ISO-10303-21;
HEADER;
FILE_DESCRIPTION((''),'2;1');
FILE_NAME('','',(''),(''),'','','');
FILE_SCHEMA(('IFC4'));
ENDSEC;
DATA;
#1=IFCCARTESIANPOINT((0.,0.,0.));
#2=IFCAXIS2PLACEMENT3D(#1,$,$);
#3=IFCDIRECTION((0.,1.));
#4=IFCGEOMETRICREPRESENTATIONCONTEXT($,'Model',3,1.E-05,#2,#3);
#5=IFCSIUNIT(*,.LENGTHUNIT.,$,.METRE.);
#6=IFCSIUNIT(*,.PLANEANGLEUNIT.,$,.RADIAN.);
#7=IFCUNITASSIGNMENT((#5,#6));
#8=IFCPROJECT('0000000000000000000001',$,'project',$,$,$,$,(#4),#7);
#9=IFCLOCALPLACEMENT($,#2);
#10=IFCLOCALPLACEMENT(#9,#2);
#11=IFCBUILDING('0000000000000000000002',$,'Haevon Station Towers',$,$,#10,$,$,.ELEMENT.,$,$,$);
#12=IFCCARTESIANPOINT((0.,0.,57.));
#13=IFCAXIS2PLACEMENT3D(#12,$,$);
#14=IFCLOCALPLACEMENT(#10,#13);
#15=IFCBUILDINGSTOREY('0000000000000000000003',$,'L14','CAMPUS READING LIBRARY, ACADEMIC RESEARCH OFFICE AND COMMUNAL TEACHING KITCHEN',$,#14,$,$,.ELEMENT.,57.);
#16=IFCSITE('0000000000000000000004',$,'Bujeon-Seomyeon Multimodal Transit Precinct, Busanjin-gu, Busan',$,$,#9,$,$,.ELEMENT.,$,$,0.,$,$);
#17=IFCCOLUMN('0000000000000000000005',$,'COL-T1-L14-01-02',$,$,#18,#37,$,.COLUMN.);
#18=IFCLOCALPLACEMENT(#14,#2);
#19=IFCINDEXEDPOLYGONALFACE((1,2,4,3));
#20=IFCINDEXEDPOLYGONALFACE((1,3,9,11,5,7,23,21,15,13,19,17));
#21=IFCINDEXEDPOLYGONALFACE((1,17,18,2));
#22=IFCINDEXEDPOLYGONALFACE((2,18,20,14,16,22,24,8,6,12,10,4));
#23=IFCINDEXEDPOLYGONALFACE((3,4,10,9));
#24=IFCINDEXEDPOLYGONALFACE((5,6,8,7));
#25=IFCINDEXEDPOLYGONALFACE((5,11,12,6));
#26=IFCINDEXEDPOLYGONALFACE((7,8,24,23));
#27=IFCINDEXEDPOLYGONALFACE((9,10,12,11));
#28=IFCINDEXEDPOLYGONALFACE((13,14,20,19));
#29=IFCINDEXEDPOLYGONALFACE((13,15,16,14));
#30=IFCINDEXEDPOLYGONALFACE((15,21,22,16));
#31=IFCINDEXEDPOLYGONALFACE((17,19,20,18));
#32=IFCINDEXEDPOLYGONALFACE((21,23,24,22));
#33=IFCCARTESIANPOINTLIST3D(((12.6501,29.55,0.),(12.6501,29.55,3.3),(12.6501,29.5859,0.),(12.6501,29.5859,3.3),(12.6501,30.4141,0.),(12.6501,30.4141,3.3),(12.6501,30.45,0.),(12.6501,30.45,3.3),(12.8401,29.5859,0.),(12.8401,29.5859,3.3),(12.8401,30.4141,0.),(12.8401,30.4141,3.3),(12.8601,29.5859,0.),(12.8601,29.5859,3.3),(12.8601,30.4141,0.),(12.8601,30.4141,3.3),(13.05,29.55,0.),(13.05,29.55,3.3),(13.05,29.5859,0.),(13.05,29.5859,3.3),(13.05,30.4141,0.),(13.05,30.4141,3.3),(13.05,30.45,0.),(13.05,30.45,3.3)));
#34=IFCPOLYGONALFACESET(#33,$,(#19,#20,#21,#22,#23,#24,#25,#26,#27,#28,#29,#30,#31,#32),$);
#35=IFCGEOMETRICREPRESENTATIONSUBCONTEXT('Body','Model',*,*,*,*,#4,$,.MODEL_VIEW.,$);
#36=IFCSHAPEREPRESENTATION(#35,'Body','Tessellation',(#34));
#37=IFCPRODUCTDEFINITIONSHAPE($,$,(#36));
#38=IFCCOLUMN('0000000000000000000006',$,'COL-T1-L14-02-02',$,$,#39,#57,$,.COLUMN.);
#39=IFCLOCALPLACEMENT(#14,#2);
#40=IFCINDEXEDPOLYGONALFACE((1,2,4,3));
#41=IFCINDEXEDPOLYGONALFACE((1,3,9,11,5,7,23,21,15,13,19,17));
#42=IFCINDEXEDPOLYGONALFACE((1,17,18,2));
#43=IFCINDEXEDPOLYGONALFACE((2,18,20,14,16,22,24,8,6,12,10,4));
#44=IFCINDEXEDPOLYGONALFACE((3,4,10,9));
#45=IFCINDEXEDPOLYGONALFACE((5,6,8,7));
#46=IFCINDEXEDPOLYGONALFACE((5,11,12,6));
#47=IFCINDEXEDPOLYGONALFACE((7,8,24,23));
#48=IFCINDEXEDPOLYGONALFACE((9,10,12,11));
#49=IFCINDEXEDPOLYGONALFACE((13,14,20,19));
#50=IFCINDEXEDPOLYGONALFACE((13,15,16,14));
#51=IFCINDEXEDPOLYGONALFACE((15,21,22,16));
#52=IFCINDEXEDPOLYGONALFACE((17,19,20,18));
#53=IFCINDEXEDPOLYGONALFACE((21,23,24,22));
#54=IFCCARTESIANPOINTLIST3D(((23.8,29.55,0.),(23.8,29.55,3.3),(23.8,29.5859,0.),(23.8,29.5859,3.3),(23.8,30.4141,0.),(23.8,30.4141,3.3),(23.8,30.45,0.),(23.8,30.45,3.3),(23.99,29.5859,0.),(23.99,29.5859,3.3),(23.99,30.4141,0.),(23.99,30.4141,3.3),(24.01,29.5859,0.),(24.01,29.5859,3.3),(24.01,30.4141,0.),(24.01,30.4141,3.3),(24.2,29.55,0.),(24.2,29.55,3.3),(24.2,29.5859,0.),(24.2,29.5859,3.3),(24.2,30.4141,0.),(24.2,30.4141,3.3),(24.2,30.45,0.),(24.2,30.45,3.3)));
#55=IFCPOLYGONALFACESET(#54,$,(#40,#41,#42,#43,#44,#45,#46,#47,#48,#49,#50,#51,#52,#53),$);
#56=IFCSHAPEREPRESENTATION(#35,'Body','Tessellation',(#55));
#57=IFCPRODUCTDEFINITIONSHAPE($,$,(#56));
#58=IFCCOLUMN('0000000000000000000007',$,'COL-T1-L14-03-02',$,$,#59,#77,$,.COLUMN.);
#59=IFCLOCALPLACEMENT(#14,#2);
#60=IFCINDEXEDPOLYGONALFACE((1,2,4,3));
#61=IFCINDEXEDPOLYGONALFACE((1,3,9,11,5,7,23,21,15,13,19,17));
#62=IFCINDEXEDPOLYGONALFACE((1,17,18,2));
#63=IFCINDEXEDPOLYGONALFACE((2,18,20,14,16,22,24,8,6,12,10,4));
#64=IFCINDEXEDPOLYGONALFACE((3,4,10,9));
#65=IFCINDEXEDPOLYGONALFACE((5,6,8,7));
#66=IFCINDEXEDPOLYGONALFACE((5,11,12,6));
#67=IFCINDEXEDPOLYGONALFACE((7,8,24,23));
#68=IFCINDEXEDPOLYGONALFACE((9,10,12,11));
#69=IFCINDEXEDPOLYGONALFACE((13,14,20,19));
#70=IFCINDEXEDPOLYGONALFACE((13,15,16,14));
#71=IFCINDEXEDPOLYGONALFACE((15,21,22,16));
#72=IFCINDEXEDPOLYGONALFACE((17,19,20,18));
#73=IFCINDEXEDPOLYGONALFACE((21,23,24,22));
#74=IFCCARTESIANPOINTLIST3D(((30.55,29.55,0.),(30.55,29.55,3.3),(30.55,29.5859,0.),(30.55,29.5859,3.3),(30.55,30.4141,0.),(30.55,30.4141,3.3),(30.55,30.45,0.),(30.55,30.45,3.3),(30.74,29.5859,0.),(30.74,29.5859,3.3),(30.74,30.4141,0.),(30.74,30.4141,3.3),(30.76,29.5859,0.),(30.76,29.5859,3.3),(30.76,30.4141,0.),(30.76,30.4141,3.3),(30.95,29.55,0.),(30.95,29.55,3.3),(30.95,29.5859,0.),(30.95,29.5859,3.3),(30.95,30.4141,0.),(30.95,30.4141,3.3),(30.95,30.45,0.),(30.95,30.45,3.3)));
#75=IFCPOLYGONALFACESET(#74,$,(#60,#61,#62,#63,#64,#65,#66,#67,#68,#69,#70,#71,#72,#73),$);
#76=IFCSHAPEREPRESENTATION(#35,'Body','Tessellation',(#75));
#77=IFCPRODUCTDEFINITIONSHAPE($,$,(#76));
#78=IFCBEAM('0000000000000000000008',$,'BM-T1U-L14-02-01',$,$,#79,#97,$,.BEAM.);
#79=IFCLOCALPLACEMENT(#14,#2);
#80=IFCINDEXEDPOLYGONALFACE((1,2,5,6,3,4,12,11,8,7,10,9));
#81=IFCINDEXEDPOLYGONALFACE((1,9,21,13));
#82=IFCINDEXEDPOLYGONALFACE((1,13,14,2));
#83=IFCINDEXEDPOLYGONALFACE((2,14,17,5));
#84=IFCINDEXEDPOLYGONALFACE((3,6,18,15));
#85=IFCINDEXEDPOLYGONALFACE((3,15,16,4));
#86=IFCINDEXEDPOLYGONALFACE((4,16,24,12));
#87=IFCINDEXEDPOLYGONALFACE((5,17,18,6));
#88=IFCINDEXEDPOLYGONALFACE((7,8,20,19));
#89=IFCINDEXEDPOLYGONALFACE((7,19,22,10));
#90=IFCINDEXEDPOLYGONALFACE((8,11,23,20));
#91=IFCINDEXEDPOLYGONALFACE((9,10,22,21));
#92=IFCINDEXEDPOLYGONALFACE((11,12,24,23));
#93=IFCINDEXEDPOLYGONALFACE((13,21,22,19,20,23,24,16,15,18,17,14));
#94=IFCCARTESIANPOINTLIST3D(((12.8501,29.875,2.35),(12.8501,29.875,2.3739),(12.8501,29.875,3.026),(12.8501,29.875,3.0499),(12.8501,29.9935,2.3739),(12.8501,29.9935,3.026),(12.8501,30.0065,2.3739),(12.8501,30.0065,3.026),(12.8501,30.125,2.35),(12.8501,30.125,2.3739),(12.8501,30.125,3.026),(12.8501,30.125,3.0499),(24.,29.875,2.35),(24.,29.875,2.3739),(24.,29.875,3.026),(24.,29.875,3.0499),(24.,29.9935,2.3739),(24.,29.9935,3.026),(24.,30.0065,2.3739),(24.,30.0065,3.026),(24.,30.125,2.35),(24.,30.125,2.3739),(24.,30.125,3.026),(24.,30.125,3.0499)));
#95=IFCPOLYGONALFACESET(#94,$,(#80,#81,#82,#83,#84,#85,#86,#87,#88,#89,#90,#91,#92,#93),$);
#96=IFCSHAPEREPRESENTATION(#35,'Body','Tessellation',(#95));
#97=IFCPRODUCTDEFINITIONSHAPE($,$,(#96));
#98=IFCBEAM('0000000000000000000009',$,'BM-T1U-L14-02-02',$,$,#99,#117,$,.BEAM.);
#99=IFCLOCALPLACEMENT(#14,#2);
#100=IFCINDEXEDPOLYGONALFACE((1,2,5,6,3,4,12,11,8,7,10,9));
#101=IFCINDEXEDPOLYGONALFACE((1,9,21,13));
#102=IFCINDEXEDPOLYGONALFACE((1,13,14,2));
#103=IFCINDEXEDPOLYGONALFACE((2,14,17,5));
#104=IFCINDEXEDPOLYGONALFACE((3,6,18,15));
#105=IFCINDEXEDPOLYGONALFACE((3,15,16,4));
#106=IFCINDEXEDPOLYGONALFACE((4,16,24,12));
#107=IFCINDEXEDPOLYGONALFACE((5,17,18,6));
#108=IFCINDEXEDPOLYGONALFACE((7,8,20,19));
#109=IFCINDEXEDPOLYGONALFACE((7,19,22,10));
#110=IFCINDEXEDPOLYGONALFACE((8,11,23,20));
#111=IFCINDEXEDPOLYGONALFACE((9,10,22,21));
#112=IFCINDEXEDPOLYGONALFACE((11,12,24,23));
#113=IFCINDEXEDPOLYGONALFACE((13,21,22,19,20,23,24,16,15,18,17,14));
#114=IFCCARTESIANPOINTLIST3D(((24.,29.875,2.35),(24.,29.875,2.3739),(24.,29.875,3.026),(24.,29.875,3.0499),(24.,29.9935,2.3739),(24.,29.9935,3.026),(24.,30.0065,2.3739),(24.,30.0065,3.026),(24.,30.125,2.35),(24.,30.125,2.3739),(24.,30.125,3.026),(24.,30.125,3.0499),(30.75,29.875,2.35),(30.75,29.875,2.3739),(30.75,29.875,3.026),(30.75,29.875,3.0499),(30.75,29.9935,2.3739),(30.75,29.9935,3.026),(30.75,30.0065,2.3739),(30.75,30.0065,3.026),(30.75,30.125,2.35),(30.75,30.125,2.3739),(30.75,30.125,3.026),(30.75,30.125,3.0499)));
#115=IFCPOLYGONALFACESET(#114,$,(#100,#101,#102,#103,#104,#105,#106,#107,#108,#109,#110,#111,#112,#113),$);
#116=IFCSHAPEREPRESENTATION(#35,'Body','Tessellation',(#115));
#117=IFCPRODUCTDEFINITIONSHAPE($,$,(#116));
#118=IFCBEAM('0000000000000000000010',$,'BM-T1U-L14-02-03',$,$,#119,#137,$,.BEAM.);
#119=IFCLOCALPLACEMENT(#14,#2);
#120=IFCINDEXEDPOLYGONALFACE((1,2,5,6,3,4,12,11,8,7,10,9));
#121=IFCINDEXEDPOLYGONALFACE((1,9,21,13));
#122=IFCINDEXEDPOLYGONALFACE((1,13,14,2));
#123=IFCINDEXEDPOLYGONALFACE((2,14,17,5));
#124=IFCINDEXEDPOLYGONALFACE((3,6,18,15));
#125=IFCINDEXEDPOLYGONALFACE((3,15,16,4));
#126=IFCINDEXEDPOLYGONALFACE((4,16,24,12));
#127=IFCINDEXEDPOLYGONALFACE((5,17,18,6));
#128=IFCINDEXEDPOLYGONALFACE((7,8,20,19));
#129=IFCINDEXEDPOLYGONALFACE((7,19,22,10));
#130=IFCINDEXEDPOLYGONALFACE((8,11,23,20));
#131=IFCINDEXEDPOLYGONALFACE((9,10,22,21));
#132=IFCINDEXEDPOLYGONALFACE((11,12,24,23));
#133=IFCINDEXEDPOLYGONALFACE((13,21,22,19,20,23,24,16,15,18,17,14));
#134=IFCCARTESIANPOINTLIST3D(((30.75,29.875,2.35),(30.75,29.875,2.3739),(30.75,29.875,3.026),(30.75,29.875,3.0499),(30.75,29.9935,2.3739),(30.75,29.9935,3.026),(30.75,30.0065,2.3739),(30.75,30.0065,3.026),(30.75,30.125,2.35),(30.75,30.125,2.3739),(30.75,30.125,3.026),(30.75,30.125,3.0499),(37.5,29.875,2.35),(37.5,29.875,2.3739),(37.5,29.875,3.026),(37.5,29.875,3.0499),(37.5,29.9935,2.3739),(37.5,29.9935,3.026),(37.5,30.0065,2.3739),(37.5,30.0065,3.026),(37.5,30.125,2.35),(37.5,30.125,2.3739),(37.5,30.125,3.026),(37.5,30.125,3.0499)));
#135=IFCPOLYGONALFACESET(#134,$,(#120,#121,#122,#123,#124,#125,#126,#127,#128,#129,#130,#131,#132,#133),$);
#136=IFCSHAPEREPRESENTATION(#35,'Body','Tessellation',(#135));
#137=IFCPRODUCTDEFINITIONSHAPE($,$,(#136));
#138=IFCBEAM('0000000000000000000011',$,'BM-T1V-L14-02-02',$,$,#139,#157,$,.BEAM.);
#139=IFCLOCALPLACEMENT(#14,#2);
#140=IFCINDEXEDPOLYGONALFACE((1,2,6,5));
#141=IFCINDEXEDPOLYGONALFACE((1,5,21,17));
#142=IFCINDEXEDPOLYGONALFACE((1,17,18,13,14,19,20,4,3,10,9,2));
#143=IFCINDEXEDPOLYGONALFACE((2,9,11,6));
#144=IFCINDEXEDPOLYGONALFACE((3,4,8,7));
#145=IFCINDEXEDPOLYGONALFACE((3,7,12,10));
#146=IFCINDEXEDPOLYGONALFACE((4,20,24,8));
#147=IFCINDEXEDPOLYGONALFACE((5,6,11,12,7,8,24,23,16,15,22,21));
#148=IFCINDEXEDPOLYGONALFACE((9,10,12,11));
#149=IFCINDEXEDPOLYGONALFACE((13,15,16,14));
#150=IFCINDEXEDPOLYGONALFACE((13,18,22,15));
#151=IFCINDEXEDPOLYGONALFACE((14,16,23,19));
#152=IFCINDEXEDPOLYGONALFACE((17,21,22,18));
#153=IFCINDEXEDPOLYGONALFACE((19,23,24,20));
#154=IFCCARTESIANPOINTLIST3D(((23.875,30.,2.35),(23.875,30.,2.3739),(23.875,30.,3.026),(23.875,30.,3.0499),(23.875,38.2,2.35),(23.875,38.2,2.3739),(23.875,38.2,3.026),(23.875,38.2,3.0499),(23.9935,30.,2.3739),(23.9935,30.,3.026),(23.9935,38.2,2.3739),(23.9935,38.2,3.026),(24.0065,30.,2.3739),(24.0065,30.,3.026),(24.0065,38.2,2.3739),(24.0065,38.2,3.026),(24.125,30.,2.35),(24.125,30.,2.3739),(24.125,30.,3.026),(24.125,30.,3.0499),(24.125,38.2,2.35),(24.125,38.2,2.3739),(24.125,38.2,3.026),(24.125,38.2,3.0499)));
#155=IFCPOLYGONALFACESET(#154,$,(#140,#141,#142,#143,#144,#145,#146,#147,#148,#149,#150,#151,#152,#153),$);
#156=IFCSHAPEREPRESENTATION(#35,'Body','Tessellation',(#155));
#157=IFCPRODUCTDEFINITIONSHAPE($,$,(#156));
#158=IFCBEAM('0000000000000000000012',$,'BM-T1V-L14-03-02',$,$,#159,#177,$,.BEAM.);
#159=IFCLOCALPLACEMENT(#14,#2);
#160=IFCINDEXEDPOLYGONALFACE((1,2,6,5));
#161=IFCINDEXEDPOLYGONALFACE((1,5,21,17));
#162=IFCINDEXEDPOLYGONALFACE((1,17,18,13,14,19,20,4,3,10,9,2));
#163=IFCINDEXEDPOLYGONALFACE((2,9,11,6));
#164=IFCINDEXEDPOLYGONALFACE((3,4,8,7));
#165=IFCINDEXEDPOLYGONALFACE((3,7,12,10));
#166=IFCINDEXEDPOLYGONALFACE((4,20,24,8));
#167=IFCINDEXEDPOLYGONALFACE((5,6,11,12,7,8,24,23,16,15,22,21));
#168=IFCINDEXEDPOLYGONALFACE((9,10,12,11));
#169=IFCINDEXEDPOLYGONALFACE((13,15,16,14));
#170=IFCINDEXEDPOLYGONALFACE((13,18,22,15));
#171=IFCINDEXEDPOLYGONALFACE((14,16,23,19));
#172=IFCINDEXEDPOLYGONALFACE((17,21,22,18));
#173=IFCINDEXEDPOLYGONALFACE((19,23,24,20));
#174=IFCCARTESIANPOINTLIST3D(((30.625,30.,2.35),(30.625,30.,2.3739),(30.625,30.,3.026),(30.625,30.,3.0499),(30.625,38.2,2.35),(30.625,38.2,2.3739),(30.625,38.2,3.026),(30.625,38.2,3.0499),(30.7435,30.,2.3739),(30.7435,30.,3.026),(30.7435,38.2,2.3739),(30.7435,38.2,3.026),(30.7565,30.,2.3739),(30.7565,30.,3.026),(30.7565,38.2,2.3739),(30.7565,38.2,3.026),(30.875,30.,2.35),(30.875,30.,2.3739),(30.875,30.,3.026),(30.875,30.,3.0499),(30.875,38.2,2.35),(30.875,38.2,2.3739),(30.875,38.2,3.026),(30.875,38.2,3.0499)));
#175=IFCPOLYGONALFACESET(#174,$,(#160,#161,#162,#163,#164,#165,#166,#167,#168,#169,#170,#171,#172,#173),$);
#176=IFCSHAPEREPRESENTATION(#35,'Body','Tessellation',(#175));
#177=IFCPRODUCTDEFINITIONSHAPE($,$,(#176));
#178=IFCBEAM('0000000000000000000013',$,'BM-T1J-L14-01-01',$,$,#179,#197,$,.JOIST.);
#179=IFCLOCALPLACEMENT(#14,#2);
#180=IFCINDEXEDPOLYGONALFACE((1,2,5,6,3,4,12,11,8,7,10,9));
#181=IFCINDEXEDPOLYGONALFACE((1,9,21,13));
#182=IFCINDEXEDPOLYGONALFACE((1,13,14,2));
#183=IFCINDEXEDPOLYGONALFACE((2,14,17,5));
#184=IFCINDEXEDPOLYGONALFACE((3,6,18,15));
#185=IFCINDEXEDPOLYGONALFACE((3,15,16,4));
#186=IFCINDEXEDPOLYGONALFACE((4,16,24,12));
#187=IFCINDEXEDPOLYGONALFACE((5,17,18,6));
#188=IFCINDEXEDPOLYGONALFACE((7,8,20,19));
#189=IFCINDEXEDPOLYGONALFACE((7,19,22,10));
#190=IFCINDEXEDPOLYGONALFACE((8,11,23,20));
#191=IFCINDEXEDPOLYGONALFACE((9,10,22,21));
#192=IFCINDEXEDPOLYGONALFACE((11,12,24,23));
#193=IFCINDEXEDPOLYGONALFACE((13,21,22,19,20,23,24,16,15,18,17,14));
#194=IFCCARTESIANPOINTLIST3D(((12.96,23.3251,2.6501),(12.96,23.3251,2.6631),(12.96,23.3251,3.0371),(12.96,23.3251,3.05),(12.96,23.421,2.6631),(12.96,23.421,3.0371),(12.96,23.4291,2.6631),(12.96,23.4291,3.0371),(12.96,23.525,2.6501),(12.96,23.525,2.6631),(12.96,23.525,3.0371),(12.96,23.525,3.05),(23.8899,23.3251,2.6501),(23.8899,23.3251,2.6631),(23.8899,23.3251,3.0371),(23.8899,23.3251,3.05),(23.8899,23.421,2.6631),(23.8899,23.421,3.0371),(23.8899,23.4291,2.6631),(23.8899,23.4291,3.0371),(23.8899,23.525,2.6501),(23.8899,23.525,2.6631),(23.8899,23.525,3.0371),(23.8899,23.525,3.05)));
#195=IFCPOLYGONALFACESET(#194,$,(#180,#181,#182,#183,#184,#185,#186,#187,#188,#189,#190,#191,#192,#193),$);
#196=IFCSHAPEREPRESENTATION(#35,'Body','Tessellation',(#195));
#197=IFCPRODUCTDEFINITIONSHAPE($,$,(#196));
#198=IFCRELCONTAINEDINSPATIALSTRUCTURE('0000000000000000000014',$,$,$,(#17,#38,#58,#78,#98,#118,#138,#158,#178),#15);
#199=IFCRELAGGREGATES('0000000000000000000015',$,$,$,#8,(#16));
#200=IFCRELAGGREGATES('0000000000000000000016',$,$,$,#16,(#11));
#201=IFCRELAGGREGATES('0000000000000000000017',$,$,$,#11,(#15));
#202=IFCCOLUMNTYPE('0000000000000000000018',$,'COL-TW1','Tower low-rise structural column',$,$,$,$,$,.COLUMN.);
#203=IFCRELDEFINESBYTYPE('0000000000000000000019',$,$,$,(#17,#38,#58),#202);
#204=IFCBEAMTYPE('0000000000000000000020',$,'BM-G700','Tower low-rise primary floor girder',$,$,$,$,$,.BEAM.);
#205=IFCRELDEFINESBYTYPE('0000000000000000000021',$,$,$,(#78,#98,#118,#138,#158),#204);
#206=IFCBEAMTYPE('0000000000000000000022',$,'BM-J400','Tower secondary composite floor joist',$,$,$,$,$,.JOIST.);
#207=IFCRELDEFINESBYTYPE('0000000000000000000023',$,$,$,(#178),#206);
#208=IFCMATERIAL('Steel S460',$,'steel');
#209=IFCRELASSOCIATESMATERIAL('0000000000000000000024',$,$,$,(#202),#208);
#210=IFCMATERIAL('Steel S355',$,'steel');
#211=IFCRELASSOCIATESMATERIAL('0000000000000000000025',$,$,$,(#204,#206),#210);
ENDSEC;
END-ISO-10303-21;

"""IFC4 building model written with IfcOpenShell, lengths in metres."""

from ifc_helpers import new_model, si_unit, direction, frame, origin, origin_2d, place, context, subcontext, project, spatial, i_section, extrude, material, material_profile, profile_set, type_object, element, save


model = new_model("IFC4")

# Units and contexts
model_context = context("Model", 3, precision=1e-05, world=origin(), true_north=direction((0.0, 1.0)))
body_context = subcontext(model_context, "Body", "Model", "MODEL_VIEW")
ifc_project = project(units=[si_unit("LENGTHUNIT", "METRE"), si_unit("PLANEANGLEUNIT", "RADIAN")], contexts=[model_context])

# Site, building, storey
site_placement = place(None, origin())
site = spatial("IfcSite", under=ifc_project, at=site_placement, Name="Bujeon-Seomyeon Multimodal Transit Precinct, Busanjin-gu, Busan", CompositionType="ELEMENT", RefElevation=0.0)
building_placement = place(site_placement, origin())
building = spatial("IfcBuilding", under=site, at=building_placement, Name="Haevon Station Towers", CompositionType="ELEMENT")
storey_placement = place(building_placement, frame((0.0, 0.0, 57.0)))
storey = spatial("IfcBuildingStorey", under=building, at=storey_placement, Name="L14", Description="CAMPUS READING LIBRARY, ACADEMIC RESEARCH OFFICE AND COMMUNAL TEACHING KITCHEN", CompositionType="ELEMENT", Elevation=57.0)

# Columns
ifc_material_1 = material(Name="Steel S460", Category="steel")
ifc_material_profile_1 = material_profile(ifc_material_1, i_section(OverallWidth=0.3999, OverallDepth=0.8999, WebThickness=0.02, FlangeThickness=0.0359, at=origin_2d()), Name="H-900x400x20x36")
ifc_profile_set_1 = profile_set([ifc_material_profile_1], Name="Steel S460")
column_type = type_object("IfcColumnType", Name="COL-TW1", Description="Tower low-rise structural column", PredefinedType="COLUMN", material=ifc_profile_set_1)
for number, where, z_axis, x_axis, name in (
    (1, (12.8501, 30.0, 0.0), (0.0, 0.0, 1.0), (1.0, 0.0, 0.0), "COL-T1-L14-01-02"),
    (2, (24.0, 30.0, 0.0), (0.0, 0.0, 1.0), (1.0, 0.0, 0.0), "COL-T1-L14-02-02"),
    (3, (30.75, 30.0, 0.0), (0.0, 0.0, 1.0), (1.0, 0.0, 0.0), "COL-T1-L14-03-02"),
):
    element("IfcColumn", number, at=place(storey_placement, frame(where, z_axis=z_axis, x_axis=x_axis)), inside=storey, type_object=column_type, Name=name, PredefinedType="COLUMN", context=body_context, shape_type="SweptSolid", body=[
        extrude(i_section(OverallWidth=0.3999, OverallDepth=0.8999, WebThickness=0.02, FlangeThickness=0.0359, at=origin_2d()), origin(), (0.0, 0.0, 1.0), 3.3),
    ])

# Beams
ifc_material_2 = material(Name="Steel S355", Category="steel")
ifc_material_profile_2 = material_profile(ifc_material_2, i_section(OverallWidth=0.25, OverallDepth=0.7, WebThickness=0.0129, FlangeThickness=0.0239, at=origin_2d()), Name="H-700x250x13x24")
ifc_profile_set_2 = profile_set([ifc_material_profile_2], Name="Steel S355")
beam_type_1 = type_object("IfcBeamType", Name="BM-G700", Description="Tower low-rise primary floor girder", PredefinedType="BEAM", material=ifc_profile_set_2)
beam_1_placement = place(storey_placement, frame((12.8501, 30.0, 2.7), z_axis=(1.0, 0.0, 0.0), x_axis=(0.0, 1.0, 0.0)))
element("IfcBeam", 4, at=beam_1_placement, inside=storey, type_object=beam_type_1, Name="BM-T1U-L14-02-01", PredefinedType="BEAM", context=body_context, shape_type="SweptSolid", body=[
    extrude(i_section(OverallWidth=0.25, OverallDepth=0.7, WebThickness=0.0129, FlangeThickness=0.0239, at=origin_2d()), origin(), (0.0, 0.0, 1.0), 11.1499),
])
for number, where, z_axis, x_axis, name in (
    (5, (24.0, 30.0, 2.7), (1.0, 0.0, 0.0), (0.0, 1.0, 0.0), "BM-T1U-L14-02-02"),
    (6, (30.75, 30.0, 2.7), (1.0, 0.0, 0.0), (0.0, 1.0, 0.0), "BM-T1U-L14-02-03"),
):
    element("IfcBeam", number, at=place(storey_placement, frame(where, z_axis=z_axis, x_axis=x_axis)), inside=storey, type_object=beam_type_1, Name=name, PredefinedType="BEAM", context=body_context, shape_type="SweptSolid", body=[
        extrude(i_section(OverallWidth=0.25, OverallDepth=0.7, WebThickness=0.0129, FlangeThickness=0.0239, at=origin_2d()), origin(), (0.0, 0.0, 1.0), 6.75),
    ])
for number, where, z_axis, x_axis, name in (
    (7, (24.0, 30.0, 2.7), (0.0, 1.0, 0.0), (-1.0, 0.0, 0.0), "BM-T1V-L14-02-02"),
    (8, (30.75, 30.0, 2.7), (0.0, 1.0, 0.0), (-1.0, 0.0, 0.0), "BM-T1V-L14-03-02"),
):
    element("IfcBeam", number, at=place(storey_placement, frame(where, z_axis=z_axis, x_axis=x_axis)), inside=storey, type_object=beam_type_1, Name=name, PredefinedType="BEAM", context=body_context, shape_type="SweptSolid", body=[
        extrude(i_section(OverallWidth=0.25, OverallDepth=0.7, WebThickness=0.0129, FlangeThickness=0.0239, at=origin_2d()), origin(), (0.0, 0.0, 1.0), 8.2),
    ])
ifc_material_profile_3 = material_profile(ifc_material_2, i_section(OverallWidth=0.2, OverallDepth=0.3999, WebThickness=0.0081, FlangeThickness=0.0129, at=origin_2d()), Name="H-400x200x8x13")
ifc_profile_set_3 = profile_set([ifc_material_profile_3], Name="Steel S355")
beam_type_2 = type_object("IfcBeamType", Name="BM-J400", Description="Tower secondary composite floor joist", PredefinedType="JOIST", material=ifc_profile_set_3)
beam_2_placement = place(storey_placement, frame((12.96, 23.425, 2.8501), z_axis=(1.0, 0.0, 0.0), x_axis=(0.0, 1.0, 0.0)))
element("IfcBeam", 9, at=beam_2_placement, inside=storey, type_object=beam_type_2, Name="BM-T1J-L14-01-01", PredefinedType="JOIST", context=body_context, shape_type="SweptSolid", body=[
    extrude(i_section(OverallWidth=0.2, OverallDepth=0.3999, WebThickness=0.0081, FlangeThickness=0.0129, at=origin_2d()), origin(), (0.0, 0.0, 1.0), 10.9299),
])

save(model, "model.ifc")
